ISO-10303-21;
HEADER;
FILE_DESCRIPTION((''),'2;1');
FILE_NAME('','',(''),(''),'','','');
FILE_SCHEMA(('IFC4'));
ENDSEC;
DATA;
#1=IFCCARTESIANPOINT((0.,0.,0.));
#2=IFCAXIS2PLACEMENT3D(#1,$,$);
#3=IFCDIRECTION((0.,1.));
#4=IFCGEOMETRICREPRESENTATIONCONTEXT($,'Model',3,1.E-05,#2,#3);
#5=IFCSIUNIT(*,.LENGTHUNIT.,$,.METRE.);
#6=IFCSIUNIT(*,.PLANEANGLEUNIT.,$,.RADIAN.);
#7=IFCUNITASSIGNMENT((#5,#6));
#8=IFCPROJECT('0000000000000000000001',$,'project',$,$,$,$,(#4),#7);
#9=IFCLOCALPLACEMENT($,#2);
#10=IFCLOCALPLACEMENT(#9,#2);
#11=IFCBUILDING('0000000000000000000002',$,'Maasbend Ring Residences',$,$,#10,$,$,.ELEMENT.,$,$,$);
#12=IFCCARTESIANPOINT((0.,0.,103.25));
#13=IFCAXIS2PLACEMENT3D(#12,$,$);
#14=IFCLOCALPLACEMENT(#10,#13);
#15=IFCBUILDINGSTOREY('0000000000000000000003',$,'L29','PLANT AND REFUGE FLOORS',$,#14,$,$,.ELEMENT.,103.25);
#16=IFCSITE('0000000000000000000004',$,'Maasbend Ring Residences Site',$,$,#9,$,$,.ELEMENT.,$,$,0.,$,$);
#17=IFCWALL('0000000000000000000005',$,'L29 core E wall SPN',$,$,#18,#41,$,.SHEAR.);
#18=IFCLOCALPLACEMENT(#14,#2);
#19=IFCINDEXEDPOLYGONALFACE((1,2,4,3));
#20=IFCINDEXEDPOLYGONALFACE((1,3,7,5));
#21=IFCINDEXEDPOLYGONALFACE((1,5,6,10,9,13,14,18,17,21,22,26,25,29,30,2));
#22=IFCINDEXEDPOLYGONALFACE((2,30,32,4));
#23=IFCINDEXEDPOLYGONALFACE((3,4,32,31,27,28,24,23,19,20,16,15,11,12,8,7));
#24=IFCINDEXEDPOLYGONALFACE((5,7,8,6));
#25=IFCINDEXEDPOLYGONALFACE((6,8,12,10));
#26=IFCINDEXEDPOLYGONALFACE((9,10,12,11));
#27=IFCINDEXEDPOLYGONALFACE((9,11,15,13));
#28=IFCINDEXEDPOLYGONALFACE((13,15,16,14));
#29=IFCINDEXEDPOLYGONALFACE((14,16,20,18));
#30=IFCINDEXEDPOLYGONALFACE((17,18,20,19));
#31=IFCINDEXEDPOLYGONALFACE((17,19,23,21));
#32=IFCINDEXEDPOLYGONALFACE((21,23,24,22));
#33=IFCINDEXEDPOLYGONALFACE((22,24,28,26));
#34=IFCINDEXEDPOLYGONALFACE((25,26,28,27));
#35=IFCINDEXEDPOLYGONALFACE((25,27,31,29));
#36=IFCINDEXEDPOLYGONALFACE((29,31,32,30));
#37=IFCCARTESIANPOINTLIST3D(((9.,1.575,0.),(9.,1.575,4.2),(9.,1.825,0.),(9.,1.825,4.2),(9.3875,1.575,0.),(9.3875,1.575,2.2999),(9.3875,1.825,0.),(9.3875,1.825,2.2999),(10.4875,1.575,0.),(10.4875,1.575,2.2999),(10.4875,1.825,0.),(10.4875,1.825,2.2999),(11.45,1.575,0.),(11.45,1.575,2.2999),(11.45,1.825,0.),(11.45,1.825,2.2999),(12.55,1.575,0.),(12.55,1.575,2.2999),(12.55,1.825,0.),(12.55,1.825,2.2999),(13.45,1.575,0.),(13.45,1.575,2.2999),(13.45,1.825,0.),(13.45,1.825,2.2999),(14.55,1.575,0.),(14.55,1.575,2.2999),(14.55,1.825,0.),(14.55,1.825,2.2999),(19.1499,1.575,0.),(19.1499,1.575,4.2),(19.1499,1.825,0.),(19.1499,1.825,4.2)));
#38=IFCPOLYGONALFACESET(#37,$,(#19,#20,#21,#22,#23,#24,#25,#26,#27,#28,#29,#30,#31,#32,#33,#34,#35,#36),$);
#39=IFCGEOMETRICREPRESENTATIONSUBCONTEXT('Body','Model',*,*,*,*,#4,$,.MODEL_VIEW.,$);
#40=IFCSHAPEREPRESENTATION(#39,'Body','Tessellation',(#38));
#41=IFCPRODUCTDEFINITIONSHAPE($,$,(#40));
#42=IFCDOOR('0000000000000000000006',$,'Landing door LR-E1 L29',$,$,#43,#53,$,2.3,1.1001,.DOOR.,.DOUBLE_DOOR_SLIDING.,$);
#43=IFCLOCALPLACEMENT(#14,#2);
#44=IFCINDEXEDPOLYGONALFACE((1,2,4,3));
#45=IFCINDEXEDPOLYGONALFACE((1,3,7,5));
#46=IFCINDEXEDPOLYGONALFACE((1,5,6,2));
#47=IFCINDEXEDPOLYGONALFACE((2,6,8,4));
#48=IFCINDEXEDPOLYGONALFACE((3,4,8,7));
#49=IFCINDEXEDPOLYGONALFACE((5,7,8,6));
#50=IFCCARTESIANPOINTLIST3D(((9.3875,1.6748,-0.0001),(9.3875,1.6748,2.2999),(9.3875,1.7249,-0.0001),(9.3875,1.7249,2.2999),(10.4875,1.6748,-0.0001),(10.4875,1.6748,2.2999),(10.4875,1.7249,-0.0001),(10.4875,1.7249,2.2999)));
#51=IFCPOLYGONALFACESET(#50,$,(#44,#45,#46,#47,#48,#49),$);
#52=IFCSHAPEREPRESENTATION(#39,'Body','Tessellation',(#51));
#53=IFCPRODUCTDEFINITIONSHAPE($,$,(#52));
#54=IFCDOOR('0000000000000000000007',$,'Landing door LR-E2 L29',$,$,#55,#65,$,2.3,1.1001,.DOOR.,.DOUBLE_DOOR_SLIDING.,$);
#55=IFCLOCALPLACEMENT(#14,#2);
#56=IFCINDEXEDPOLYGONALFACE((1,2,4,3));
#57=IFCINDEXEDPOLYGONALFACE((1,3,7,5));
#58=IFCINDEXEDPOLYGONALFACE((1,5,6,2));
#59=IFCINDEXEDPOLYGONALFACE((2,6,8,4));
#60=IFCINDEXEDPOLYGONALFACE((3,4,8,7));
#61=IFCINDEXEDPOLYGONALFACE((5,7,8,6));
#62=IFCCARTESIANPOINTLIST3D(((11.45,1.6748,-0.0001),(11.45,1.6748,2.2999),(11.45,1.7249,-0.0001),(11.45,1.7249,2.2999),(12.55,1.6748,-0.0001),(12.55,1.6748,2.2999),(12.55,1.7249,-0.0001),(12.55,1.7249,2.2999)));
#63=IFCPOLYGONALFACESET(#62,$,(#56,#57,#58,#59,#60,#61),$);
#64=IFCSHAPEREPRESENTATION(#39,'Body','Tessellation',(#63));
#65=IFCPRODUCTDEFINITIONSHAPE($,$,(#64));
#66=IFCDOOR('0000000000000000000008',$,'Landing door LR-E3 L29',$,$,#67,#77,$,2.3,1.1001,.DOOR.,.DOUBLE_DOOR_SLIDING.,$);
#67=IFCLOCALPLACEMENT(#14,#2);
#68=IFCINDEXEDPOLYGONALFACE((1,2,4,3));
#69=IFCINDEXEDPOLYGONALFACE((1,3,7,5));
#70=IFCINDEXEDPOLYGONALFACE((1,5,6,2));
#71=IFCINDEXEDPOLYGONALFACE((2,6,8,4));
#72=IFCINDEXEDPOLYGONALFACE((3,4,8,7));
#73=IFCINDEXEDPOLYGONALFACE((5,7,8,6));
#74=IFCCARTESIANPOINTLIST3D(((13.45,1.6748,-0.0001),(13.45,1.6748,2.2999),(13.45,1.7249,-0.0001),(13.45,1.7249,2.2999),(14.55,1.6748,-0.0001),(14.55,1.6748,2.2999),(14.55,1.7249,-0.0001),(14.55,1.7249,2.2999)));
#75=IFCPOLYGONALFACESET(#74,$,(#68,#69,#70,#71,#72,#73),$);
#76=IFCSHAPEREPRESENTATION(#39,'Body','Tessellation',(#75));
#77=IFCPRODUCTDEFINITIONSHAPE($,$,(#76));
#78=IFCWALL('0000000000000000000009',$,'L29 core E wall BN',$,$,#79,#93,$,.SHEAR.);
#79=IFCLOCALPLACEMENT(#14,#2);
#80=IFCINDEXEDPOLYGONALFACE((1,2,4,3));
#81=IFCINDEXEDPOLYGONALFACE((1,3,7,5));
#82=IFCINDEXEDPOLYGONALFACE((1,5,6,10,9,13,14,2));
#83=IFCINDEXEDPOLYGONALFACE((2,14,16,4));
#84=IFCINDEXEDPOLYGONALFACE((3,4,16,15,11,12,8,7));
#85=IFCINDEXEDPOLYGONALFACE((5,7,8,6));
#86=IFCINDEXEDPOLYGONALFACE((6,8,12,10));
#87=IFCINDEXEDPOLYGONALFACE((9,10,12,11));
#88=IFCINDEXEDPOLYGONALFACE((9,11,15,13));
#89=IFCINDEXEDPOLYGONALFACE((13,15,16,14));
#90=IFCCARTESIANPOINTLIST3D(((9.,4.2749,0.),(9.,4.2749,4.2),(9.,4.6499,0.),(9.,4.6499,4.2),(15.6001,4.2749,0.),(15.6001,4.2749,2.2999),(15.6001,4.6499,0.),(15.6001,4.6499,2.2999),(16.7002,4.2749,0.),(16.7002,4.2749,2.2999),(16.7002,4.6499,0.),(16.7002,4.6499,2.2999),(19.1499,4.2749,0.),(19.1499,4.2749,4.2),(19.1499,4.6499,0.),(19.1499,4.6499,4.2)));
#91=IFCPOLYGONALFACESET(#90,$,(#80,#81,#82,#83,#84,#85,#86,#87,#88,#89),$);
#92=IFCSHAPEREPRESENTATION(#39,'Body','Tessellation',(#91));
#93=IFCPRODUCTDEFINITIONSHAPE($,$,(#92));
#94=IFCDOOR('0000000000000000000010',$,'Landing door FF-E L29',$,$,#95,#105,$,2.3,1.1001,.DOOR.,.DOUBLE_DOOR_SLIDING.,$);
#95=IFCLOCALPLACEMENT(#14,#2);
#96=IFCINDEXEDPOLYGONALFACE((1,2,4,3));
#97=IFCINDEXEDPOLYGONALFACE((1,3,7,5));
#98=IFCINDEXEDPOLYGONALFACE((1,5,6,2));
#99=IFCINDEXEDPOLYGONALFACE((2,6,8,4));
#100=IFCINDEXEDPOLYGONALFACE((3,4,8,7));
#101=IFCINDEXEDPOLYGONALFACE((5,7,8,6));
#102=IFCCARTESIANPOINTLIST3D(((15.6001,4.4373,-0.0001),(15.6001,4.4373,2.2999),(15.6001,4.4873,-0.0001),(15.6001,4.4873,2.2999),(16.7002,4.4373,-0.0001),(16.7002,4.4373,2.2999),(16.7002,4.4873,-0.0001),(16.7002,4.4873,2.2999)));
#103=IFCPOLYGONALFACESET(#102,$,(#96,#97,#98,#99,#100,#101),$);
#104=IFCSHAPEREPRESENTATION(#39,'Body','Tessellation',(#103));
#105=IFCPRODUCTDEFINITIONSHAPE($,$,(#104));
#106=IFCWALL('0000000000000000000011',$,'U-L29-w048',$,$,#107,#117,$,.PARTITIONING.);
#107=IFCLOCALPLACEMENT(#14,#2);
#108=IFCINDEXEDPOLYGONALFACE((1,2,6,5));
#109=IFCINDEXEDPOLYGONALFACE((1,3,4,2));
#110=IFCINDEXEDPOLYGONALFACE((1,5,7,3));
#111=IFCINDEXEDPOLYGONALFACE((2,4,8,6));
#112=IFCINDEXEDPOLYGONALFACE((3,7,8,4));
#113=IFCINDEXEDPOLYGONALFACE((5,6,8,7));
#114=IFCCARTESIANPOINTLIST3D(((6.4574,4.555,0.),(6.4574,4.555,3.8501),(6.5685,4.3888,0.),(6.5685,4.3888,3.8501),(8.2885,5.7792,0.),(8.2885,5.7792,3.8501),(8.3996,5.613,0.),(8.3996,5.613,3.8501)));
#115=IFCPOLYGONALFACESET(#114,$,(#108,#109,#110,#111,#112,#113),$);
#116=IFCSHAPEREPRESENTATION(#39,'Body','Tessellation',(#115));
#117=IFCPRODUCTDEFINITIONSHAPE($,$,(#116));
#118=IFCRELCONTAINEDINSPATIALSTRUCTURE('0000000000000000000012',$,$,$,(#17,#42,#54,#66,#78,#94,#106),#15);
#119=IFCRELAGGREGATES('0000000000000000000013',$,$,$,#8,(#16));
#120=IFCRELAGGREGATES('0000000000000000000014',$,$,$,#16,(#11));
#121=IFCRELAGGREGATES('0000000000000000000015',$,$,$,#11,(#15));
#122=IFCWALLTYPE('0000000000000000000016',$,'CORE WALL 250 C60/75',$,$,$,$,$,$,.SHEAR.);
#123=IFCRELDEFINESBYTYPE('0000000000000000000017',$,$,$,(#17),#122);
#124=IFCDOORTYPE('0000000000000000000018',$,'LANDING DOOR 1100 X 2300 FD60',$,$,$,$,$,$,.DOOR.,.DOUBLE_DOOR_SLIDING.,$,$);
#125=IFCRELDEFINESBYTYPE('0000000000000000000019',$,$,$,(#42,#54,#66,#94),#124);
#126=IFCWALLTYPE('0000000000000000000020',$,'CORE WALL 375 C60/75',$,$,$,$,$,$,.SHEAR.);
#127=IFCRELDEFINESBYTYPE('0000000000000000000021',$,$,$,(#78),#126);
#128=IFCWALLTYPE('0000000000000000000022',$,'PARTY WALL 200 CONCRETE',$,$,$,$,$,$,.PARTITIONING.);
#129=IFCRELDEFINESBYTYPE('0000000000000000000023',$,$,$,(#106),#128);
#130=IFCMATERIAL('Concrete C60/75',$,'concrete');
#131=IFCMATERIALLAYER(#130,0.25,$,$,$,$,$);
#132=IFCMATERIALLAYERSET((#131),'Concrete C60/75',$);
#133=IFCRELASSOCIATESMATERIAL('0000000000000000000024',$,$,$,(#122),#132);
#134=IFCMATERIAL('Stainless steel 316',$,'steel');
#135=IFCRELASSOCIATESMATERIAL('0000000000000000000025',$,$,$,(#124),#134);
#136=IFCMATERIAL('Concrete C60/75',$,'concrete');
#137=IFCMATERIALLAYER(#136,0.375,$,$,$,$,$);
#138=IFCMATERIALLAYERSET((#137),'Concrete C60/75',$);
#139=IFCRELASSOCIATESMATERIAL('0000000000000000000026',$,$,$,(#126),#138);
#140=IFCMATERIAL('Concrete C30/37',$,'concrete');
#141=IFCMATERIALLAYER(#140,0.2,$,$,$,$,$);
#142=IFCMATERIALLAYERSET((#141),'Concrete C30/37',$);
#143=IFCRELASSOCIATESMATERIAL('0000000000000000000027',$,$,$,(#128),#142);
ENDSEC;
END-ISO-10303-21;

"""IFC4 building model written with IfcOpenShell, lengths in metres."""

from ifc_helpers import new_model, si_unit, direction, frame, frame_2d, origin, place, context, subcontext, project, spatial, rectangle, extrude, material, layer, layer_set, type_object, element, fill, save


model = new_model("IFC4")

# Units and contexts
model_context = context("Model", 3, precision=1e-05, world=origin(), true_north=direction((0.0, 1.0)))
body_context = subcontext(model_context, "Body", "Model", "MODEL_VIEW")
ifc_project = project(units=[si_unit("LENGTHUNIT", "METRE"), si_unit("PLANEANGLEUNIT", "RADIAN")], contexts=[model_context])

# Site, building, storey
site_placement = place(None, origin())
site = spatial("IfcSite", under=ifc_project, at=site_placement, Name="Maasbend Ring Residences Site", CompositionType="ELEMENT", RefElevation=0.0)
building_placement = place(site_placement, origin())
building = spatial("IfcBuilding", under=site, at=building_placement, Name="Maasbend Ring Residences", CompositionType="ELEMENT")
storey_placement = place(building_placement, frame((0.0, 0.0, 103.25)))
storey = spatial("IfcBuildingStorey", under=building, at=storey_placement, Name="L29", Description="PLANT AND REFUGE FLOORS", CompositionType="ELEMENT", Elevation=103.25)

# Wall, openings, doors
ifc_material_1 = material(Name="Concrete C60/75", Category="concrete")
ifc_layer_1 = layer(ifc_material_1, 0.25)
ifc_layer_set_1 = layer_set([ifc_layer_1], Name="Concrete C60/75")
wall_type_1 = type_object("IfcWallType", Name="CORE WALL 250 C60/75", PredefinedType="SHEAR", material=ifc_layer_set_1)
wall_1_placement = place(storey_placement, frame((9.0, 1.7, 0.0), z_axis=(0.0, 0.0, 1.0), x_axis=(1.0, 0.0, 0.0)))
wall_1 = element("IfcWall", 1, at=wall_1_placement, inside=storey, type_object=wall_type_1, Name="L29 core E wall SPN", PredefinedType="SHEAR", context=body_context, shape_type="SweptSolid", body=[
    extrude(rectangle(XDim=10.1499, YDim=0.25, at=frame_2d((5.075, 0.0))), origin(), (0.0, 0.0, 1.0), 4.2),
])
opening_1_placement = place(wall_1_placement, frame((0.3875, 0.0, 0.0)))
opening_1 = element("IfcOpeningElement", 2, at=opening_1_placement, cuts=wall_1, PredefinedType="OPENING", context=body_context, shape_type="SweptSolid", body=[
    extrude(rectangle(XDim=1.1001, YDim=2.3, at=frame_2d((0.55, 1.1499))), frame((0.0, 0.135, 0.0), z_axis=(0.0, -1.0, 0.0), x_axis=(1.0, 0.0, 0.0)), (0.0, 0.0, 1.0), 0.27),
])
opening_2_placement = place(wall_1_placement, frame((2.45, 0.0, 0.0)))
opening_2 = element("IfcOpeningElement", 3, at=opening_2_placement, cuts=wall_1, PredefinedType="OPENING", context=body_context, shape_type="SweptSolid", body=[
    extrude(rectangle(XDim=1.1001, YDim=2.3, at=frame_2d((0.55, 1.1499))), frame((0.0, 0.135, 0.0), z_axis=(0.0, -1.0, 0.0), x_axis=(1.0, 0.0, 0.0)), (0.0, 0.0, 1.0), 0.27),
])
opening_3_placement = place(wall_1_placement, frame((4.45, 0.0, 0.0)))
opening_3 = element("IfcOpeningElement", 4, at=opening_3_placement, cuts=wall_1, PredefinedType="OPENING", context=body_context, shape_type="SweptSolid", body=[
    extrude(rectangle(XDim=1.1001, YDim=2.3, at=frame_2d((0.55, 1.1499))), frame((0.0, 0.135, 0.0), z_axis=(0.0, -1.0, 0.0), x_axis=(1.0, 0.0, 0.0)), (0.0, 0.0, 1.0), 0.27),
])
ifc_material_2 = material(Name="Stainless steel 316", Category="steel")
door_type = type_object("IfcDoorType", Name="LANDING DOOR 1100 X 2300 FD60", OperationType="DOUBLE_DOOR_SLIDING", PredefinedType="DOOR", material=ifc_material_2)
door_1_placement = place(opening_1_placement, origin())
door_1 = element("IfcDoor", 5, at=door_1_placement, inside=storey, type_object=door_type, Name="Landing door LR-E1 L29", OperationType="DOUBLE_DOOR_SLIDING", OverallHeight=2.3, OverallWidth=1.1001, PredefinedType="DOOR", context=body_context, shape_type="SweptSolid", body=[
    extrude(rectangle(XDim=1.1001, YDim=2.3, at=frame_2d((0.55, 1.1499))), frame((0.0, 0.0249, 0.0), z_axis=(0.0, -1.0, 0.0), x_axis=(1.0, 0.0, 0.0)), (0.0, 0.0, 1.0), 0.05),
])
fill(opening_1, door_1)
door_2_placement = place(opening_2_placement, origin())
door_2 = element("IfcDoor", 6, at=door_2_placement, inside=storey, type_object=door_type, Name="Landing door LR-E2 L29", OperationType="DOUBLE_DOOR_SLIDING", OverallHeight=2.3, OverallWidth=1.1001, PredefinedType="DOOR", context=body_context, shape_type="SweptSolid", body=[
    extrude(rectangle(XDim=1.1001, YDim=2.3, at=frame_2d((0.55, 1.1499))), frame((0.0, 0.0249, 0.0), z_axis=(0.0, -1.0, 0.0), x_axis=(1.0, 0.0, 0.0)), (0.0, 0.0, 1.0), 0.05),
])
fill(opening_2, door_2)
door_3_placement = place(opening_3_placement, origin())
door_3 = element("IfcDoor", 7, at=door_3_placement, inside=storey, type_object=door_type, Name="Landing door LR-E3 L29", OperationType="DOUBLE_DOOR_SLIDING", OverallHeight=2.3, OverallWidth=1.1001, PredefinedType="DOOR", context=body_context, shape_type="SweptSolid", body=[
    extrude(rectangle(XDim=1.1001, YDim=2.3, at=frame_2d((0.55, 1.1499))), frame((0.0, 0.0249, 0.0), z_axis=(0.0, -1.0, 0.0), x_axis=(1.0, 0.0, 0.0)), (0.0, 0.0, 1.0), 0.05),
])
fill(opening_3, door_3)

# Wall, opening, door
ifc_material_3 = material(Name="Concrete C60/75", Category="concrete")
ifc_layer_2 = layer(ifc_material_3, 0.375)
ifc_layer_set_2 = layer_set([ifc_layer_2], Name="Concrete C60/75")
wall_type_2 = type_object("IfcWallType", Name="CORE WALL 375 C60/75", PredefinedType="SHEAR", material=ifc_layer_set_2)
wall_2_placement = place(storey_placement, frame((9.0, 4.4624, 0.0), z_axis=(0.0, 0.0, 1.0), x_axis=(1.0, 0.0, 0.0)))
wall_2 = element("IfcWall", 8, at=wall_2_placement, inside=storey, type_object=wall_type_2, Name="L29 core E wall BN", PredefinedType="SHEAR", context=body_context, shape_type="SweptSolid", body=[
    extrude(rectangle(XDim=10.1499, YDim=0.375, at=frame_2d((5.075, 0.0))), origin(), (0.0, 0.0, 1.0), 4.2),
])
opening_4_placement = place(wall_2_placement, frame((6.6001, 0.0, 0.0)))
opening_4 = element("IfcOpeningElement", 9, at=opening_4_placement, cuts=wall_2, PredefinedType="OPENING", context=body_context, shape_type="SweptSolid", body=[
    extrude(rectangle(XDim=1.1001, YDim=2.3, at=frame_2d((0.55, 1.1499))), frame((0.0, 0.1975, 0.0), z_axis=(0.0, -1.0, 0.0), x_axis=(1.0, 0.0, 0.0)), (0.0, 0.0, 1.0), 0.395),
])
door_4_placement = place(opening_4_placement, origin())
door_4 = element("IfcDoor", 10, at=door_4_placement, inside=storey, type_object=door_type, Name="Landing door FF-E L29", OperationType="DOUBLE_DOOR_SLIDING", OverallHeight=2.3, OverallWidth=1.1001, PredefinedType="DOOR", context=body_context, shape_type="SweptSolid", body=[
    extrude(rectangle(XDim=1.1001, YDim=2.3, at=frame_2d((0.55, 1.1499))), frame((0.0, 0.0249, 0.0), z_axis=(0.0, -1.0, 0.0), x_axis=(1.0, 0.0, 0.0)), (0.0, 0.0, 1.0), 0.05),
])
fill(opening_4, door_4)

# Wall
ifc_material_4 = material(Name="Concrete C30/37", Category="concrete")
ifc_layer_3 = layer(ifc_material_4, 0.2)
ifc_layer_set_3 = layer_set([ifc_layer_3], Name="Concrete C30/37")
wall_type_3 = type_object("IfcWallType", Name="PARTY WALL 200 CONCRETE", PredefinedType="PARTITIONING", material=ifc_layer_set_3)
wall_3_placement = place(storey_placement, frame((6.5129, 4.4719, 0.0), z_axis=(0.0, 0.0, 1.0), x_axis=(0.831333, 0.555774, 0.0)))
element("IfcWall", 11, at=wall_3_placement, inside=storey, type_object=wall_type_3, Name="U-L29-w048", PredefinedType="PARTITIONING", context=body_context, shape_type="SweptSolid", body=[
    extrude(rectangle(XDim=2.2026, YDim=0.2, at=frame_2d((1.1013, 0.0))), origin(), (0.0, 0.0, 1.0), 3.8501),
])

save(model, "model.ifc")
